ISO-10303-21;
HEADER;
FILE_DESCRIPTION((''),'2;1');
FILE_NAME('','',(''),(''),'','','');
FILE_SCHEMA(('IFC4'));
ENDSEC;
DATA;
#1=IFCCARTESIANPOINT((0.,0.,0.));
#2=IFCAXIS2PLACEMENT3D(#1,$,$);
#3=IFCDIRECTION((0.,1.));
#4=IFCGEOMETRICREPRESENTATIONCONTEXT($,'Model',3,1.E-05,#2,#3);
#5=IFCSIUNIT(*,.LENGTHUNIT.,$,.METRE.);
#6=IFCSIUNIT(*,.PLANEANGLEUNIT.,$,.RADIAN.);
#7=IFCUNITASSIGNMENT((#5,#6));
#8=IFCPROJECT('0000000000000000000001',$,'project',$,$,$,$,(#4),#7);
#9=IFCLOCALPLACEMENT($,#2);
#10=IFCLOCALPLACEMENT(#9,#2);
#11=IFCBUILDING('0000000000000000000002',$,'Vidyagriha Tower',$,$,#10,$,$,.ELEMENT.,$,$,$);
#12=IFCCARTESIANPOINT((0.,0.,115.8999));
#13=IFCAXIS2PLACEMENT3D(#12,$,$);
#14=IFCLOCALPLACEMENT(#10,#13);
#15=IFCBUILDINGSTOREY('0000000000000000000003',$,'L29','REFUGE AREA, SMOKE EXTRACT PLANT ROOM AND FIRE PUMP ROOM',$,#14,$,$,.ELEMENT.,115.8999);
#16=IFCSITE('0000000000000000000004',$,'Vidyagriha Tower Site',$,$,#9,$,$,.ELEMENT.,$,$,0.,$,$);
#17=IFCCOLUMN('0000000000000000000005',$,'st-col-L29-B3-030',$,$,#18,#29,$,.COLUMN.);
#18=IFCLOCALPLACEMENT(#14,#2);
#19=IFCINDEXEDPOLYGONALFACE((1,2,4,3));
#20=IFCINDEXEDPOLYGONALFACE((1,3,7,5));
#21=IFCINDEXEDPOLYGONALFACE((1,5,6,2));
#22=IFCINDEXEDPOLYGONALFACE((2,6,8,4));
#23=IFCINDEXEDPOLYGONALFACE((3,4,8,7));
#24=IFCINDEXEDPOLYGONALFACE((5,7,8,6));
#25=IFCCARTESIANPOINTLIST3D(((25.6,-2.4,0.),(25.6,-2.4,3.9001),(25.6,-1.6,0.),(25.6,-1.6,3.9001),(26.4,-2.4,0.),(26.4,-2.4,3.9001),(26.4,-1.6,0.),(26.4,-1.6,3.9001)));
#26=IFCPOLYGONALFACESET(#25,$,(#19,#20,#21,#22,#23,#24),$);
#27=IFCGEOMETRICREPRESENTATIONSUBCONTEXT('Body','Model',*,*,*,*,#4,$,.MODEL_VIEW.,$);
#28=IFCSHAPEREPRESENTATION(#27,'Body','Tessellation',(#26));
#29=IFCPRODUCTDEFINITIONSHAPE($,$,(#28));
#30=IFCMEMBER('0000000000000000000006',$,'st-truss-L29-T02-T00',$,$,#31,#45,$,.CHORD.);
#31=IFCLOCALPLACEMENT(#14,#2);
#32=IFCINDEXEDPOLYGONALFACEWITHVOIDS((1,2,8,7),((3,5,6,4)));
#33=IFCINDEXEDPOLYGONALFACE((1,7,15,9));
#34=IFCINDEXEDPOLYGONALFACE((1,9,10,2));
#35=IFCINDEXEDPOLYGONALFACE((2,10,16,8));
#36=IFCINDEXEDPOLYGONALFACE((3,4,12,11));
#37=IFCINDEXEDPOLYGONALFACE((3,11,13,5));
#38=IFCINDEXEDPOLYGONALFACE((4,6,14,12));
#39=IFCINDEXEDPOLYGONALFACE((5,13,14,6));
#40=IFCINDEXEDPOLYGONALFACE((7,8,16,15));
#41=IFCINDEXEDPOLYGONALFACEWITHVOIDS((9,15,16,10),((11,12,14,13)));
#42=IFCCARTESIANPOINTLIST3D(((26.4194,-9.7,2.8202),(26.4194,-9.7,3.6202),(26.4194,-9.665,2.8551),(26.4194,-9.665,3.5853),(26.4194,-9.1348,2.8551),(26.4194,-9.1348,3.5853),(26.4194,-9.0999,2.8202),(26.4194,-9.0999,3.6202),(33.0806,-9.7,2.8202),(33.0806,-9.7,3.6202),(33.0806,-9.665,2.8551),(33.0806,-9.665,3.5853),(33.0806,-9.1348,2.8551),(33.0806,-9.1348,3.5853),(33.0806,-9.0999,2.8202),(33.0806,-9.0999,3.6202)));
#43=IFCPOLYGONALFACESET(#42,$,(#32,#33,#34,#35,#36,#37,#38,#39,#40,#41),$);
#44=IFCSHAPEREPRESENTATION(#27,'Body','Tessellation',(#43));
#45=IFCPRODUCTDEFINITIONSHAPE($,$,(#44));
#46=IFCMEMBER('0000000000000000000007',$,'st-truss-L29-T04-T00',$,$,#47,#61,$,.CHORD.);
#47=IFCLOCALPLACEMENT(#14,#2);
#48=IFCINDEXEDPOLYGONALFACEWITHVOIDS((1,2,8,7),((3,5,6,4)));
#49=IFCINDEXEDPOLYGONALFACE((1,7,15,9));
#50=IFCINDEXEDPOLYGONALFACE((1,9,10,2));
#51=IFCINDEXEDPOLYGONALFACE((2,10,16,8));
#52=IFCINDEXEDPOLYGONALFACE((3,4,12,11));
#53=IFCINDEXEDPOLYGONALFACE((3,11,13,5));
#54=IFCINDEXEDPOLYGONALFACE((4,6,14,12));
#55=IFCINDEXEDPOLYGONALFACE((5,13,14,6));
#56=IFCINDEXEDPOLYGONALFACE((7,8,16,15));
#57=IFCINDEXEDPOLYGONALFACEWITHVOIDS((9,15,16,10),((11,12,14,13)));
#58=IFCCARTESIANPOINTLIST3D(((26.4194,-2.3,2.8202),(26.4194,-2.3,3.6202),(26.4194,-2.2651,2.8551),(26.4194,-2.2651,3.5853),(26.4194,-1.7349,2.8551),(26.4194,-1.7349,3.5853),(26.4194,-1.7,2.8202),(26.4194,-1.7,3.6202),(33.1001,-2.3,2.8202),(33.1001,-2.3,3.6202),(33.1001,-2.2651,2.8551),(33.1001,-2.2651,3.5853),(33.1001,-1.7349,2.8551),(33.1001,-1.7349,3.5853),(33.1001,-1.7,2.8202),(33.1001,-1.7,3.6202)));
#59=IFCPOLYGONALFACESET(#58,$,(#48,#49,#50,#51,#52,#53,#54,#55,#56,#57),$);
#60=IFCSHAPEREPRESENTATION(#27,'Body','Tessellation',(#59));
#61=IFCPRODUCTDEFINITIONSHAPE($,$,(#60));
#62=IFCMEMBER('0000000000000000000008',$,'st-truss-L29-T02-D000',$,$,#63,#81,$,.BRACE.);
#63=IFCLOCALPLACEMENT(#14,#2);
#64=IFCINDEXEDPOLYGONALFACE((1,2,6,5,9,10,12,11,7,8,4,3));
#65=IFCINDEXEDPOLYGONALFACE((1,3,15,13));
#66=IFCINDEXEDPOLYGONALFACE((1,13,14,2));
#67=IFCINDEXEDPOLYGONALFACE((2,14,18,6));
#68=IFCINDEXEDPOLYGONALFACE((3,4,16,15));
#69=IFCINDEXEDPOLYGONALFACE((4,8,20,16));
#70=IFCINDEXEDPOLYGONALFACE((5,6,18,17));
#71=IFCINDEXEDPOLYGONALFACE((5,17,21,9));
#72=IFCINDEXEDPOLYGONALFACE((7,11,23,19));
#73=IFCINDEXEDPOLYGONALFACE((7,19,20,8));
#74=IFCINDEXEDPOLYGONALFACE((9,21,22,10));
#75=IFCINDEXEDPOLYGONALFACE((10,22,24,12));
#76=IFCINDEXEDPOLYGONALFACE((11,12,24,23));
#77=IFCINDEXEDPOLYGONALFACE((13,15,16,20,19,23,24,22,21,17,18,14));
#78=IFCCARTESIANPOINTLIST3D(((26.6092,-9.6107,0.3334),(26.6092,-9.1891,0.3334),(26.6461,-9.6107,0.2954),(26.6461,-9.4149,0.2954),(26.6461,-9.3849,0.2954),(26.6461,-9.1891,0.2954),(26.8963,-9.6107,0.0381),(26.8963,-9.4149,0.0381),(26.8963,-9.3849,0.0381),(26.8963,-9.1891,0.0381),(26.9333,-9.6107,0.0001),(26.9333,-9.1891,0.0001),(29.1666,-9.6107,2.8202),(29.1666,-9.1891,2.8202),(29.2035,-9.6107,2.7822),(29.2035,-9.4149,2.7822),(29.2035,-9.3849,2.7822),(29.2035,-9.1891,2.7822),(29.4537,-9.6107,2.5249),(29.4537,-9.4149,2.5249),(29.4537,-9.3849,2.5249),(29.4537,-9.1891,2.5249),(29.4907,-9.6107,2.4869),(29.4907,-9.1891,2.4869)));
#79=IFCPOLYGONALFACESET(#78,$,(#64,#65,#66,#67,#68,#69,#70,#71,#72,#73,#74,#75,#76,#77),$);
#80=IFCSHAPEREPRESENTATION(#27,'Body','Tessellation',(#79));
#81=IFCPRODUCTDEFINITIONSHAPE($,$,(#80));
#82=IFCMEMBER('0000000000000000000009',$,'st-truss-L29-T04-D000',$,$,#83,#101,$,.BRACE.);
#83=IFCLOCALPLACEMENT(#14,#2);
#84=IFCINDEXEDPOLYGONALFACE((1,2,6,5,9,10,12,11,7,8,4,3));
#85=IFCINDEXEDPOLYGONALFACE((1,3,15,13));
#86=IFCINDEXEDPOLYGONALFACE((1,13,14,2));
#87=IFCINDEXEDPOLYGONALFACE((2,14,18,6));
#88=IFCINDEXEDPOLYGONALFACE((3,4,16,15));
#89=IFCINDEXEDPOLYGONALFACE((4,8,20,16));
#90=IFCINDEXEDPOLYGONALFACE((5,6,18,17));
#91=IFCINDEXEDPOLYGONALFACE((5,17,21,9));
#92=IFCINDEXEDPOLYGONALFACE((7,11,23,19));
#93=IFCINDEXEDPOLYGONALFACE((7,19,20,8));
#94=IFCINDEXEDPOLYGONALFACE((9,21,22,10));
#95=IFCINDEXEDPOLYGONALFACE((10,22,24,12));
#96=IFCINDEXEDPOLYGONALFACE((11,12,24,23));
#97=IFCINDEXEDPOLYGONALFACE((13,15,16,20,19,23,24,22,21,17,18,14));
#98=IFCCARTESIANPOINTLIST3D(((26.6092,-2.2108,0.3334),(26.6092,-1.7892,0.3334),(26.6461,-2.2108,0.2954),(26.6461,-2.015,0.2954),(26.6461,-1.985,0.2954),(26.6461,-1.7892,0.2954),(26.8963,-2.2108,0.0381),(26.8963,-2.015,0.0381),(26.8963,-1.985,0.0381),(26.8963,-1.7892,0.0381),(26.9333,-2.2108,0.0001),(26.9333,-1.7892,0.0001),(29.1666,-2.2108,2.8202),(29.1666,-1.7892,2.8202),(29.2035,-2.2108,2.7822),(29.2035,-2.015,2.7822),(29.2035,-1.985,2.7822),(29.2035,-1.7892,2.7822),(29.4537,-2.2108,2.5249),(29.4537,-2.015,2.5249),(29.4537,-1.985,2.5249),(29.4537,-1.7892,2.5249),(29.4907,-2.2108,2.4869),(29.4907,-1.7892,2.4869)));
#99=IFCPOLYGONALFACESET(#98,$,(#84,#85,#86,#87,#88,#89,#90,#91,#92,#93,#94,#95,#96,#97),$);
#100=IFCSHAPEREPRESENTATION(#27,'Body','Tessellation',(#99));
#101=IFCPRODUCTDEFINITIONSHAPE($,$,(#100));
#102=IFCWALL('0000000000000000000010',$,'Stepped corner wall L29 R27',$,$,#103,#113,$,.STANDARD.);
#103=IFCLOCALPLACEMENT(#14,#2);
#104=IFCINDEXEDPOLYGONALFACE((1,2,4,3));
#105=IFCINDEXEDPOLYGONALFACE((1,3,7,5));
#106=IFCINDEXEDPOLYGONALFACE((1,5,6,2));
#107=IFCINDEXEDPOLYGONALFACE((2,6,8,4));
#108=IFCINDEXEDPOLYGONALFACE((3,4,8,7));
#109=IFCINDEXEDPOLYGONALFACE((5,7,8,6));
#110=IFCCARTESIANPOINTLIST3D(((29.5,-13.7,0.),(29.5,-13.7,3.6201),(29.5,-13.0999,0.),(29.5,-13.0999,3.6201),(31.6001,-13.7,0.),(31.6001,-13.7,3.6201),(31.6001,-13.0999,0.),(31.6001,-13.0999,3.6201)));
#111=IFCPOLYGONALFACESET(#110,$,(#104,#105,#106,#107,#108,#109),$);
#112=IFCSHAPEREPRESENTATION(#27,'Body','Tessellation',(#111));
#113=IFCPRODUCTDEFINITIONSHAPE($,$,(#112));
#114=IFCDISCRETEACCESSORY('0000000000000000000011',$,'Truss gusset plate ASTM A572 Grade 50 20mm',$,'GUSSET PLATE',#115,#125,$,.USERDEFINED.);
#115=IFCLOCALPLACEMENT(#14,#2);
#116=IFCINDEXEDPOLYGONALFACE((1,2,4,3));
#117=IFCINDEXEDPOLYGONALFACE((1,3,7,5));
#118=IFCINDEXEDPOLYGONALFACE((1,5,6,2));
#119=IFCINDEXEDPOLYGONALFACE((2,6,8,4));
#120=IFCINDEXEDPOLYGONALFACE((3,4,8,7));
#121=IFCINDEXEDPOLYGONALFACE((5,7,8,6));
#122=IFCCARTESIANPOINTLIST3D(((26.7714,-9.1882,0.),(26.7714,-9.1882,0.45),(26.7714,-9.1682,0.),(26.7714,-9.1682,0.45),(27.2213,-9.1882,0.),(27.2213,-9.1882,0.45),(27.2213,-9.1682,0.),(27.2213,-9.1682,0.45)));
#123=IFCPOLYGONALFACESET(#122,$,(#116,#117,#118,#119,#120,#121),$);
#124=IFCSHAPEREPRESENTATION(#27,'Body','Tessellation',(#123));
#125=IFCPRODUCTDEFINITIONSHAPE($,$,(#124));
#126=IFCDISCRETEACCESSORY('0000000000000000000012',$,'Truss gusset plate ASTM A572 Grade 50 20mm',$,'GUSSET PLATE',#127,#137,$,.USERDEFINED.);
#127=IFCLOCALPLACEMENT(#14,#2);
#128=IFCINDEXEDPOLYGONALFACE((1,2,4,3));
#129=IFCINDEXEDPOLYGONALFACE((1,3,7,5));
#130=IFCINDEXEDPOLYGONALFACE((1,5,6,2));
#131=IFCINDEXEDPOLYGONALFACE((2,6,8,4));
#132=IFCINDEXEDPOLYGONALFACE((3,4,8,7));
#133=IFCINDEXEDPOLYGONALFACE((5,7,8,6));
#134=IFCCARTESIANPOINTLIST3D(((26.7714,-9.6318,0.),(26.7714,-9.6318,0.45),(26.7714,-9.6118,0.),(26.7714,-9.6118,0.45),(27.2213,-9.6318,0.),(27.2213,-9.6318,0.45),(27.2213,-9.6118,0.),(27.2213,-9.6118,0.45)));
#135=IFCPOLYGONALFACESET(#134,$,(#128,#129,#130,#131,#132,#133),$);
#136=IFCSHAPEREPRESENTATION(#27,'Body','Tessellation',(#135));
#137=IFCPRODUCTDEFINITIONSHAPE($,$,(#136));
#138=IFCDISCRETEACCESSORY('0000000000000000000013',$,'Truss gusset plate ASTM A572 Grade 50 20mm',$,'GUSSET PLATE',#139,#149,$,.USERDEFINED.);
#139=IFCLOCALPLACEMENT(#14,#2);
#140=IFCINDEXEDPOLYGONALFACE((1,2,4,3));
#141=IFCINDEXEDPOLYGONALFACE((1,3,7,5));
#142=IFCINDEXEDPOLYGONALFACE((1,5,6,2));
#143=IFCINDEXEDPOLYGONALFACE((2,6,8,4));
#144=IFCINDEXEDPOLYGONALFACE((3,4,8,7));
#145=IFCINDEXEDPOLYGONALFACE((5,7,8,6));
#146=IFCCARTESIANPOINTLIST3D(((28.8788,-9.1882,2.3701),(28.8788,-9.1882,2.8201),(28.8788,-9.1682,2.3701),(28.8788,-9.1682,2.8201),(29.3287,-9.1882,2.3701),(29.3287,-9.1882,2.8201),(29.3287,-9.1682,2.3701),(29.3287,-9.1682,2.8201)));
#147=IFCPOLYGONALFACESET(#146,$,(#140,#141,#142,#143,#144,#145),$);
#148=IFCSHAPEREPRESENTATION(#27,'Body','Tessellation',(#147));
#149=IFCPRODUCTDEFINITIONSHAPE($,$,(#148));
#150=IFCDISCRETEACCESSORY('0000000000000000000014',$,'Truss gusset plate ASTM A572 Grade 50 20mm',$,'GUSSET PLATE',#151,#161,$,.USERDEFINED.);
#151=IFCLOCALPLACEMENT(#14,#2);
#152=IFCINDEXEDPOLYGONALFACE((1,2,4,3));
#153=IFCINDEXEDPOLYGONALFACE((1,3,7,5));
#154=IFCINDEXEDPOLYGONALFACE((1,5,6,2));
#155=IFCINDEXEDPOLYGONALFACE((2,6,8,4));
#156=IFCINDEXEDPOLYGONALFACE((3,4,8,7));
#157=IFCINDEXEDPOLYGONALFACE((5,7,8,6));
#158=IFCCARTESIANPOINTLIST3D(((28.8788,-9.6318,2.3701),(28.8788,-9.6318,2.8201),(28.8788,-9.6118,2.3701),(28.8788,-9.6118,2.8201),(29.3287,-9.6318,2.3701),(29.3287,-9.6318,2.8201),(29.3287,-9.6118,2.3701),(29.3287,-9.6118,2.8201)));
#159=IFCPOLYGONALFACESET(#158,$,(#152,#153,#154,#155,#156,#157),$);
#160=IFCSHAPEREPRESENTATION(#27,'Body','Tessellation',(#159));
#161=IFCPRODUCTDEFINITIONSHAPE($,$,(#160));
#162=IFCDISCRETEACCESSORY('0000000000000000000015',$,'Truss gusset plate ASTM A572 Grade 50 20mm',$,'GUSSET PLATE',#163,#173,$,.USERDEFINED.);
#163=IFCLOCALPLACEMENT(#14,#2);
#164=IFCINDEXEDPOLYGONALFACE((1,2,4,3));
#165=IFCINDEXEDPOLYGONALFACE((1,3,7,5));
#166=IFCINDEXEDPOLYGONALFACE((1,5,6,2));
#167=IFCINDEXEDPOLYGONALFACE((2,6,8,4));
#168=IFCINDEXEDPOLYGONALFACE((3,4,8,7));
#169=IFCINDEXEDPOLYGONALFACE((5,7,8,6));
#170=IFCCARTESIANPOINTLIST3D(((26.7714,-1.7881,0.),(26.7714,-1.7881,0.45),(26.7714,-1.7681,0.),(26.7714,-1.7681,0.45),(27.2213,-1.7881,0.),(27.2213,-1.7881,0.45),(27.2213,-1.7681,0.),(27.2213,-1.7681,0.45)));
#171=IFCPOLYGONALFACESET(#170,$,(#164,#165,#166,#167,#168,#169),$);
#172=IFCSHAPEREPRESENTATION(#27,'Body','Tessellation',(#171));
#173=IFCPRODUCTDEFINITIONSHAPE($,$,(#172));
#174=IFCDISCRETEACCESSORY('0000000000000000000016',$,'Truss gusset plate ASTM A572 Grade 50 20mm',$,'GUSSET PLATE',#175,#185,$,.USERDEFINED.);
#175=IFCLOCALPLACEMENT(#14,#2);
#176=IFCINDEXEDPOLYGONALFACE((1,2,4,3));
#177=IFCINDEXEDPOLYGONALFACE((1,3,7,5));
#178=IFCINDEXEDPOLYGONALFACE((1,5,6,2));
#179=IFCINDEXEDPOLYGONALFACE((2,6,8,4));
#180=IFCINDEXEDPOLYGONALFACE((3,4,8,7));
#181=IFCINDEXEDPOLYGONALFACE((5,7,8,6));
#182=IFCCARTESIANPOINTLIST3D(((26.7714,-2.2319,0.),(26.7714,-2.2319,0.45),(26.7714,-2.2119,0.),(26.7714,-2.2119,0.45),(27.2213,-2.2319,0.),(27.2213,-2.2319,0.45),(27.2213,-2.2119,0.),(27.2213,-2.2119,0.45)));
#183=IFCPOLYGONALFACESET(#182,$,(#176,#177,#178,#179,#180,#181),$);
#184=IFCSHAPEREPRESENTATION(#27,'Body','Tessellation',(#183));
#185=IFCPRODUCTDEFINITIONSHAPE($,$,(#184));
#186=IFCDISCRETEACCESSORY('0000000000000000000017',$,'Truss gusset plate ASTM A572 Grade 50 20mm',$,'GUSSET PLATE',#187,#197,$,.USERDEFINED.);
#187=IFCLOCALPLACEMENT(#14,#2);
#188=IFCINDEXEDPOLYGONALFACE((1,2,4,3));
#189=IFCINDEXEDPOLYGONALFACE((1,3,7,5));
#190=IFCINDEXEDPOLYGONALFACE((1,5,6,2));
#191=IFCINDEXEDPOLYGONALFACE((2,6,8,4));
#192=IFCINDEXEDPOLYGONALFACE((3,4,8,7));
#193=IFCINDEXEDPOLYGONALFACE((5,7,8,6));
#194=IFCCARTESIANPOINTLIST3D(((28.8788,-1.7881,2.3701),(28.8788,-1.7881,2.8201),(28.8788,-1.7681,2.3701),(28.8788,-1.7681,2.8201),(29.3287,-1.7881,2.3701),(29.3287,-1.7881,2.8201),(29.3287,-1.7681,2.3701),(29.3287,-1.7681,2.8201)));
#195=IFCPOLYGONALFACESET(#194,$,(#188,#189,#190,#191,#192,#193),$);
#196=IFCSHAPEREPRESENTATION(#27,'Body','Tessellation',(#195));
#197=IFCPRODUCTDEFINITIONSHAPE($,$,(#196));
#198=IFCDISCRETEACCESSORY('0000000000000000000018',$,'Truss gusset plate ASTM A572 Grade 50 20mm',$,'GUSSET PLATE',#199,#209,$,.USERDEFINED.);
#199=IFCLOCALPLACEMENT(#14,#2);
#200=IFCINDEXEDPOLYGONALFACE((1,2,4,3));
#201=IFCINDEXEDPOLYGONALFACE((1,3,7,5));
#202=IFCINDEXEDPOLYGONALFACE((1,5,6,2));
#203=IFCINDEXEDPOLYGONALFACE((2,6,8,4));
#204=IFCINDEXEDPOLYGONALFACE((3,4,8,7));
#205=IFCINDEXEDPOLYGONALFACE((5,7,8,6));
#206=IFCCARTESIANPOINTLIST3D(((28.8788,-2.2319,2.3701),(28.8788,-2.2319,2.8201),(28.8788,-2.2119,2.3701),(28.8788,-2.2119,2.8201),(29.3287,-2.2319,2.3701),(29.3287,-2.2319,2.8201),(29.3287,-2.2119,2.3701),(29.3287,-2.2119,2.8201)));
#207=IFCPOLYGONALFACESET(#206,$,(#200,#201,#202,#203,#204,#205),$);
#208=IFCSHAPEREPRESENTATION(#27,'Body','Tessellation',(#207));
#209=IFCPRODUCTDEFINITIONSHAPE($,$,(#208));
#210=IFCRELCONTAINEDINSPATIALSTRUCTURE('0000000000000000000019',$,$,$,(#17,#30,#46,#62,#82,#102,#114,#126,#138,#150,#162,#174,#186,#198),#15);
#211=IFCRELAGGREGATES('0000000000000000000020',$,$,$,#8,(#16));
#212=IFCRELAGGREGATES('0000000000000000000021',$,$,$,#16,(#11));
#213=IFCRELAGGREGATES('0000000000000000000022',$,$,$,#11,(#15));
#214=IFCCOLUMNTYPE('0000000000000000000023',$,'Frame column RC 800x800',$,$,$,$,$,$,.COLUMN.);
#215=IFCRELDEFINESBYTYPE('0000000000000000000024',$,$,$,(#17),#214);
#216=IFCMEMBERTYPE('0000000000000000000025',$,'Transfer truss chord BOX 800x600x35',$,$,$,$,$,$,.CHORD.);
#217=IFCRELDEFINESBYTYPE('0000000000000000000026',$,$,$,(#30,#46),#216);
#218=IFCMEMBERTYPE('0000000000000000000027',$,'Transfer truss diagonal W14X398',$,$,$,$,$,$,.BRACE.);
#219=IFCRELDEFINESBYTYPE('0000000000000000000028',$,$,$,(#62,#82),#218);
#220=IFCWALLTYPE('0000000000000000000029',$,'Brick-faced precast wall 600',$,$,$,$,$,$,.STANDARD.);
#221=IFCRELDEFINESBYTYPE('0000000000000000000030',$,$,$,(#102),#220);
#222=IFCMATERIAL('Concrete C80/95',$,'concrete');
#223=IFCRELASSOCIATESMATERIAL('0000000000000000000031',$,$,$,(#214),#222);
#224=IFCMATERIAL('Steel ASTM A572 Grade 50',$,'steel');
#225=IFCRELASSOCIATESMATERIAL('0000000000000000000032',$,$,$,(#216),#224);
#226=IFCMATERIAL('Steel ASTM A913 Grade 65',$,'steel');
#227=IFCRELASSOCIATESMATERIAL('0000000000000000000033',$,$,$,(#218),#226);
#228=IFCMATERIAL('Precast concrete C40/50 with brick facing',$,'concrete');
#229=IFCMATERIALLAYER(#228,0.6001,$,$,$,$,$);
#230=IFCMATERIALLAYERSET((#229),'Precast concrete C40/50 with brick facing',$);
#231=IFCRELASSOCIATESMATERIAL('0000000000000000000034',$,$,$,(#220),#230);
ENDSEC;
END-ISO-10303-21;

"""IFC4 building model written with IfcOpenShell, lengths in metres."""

from ifc_helpers import new_model, si_unit, direction, frame, frame_2d, origin, origin_2d, place, context, subcontext, project, spatial, rectangle, hollow_rectangle, i_section, extrude, material, layer, layer_set, material_profile, profile_set, type_object, element, save


model = new_model("IFC4")

# Units and contexts
model_context = context("Model", 3, precision=1e-05, world=origin(), true_north=direction((0.0, 1.0)))
body_context = subcontext(model_context, "Body", "Model", "MODEL_VIEW")
ifc_project = project(units=[si_unit("LENGTHUNIT", "METRE"), si_unit("PLANEANGLEUNIT", "RADIAN")], contexts=[model_context])

# Site, building, storey
site_placement = place(None, origin())
site = spatial("IfcSite", under=ifc_project, at=site_placement, Name="Vidyagriha Tower Site", CompositionType="ELEMENT", RefElevation=0.0)
building_placement = place(site_placement, origin())
building = spatial("IfcBuilding", under=site, at=building_placement, Name="Vidyagriha Tower", CompositionType="ELEMENT")
storey_placement = place(building_placement, frame((0.0, 0.0, 115.8999)))
storey = spatial("IfcBuildingStorey", under=building, at=storey_placement, Name="L29", Description="REFUGE AREA, SMOKE EXTRACT PLANT ROOM AND FIRE PUMP ROOM", CompositionType="ELEMENT", Elevation=115.8999)

# Column
ifc_material_1 = material(Name="Concrete C80/95", Category="concrete")
ifc_material_profile_1 = material_profile(ifc_material_1, rectangle(XDim=0.8, YDim=0.8, at=origin_2d()), Name="RC 800x800")
ifc_profile_set_1 = profile_set([ifc_material_profile_1], Name="Concrete C80/95")
column_type = type_object("IfcColumnType", Name="Frame column RC 800x800", PredefinedType="COLUMN", material=ifc_profile_set_1)
column_placement = place(storey_placement, frame((26.0, -2.0, 0.0)))
element("IfcColumn", 1, at=column_placement, inside=storey, type_object=column_type, Name="st-col-L29-B3-030", PredefinedType="COLUMN", context=body_context, shape_type="SweptSolid", body=[
    extrude(rectangle(XDim=0.8, YDim=0.8, at=origin_2d()), origin(), (0.0, 0.0, 1.0), 3.9001),
])

# Members
ifc_material_2 = material(Name="Steel ASTM A572 Grade 50", Category="steel")
ifc_material_profile_2 = material_profile(ifc_material_2, hollow_rectangle(XDim=0.6001, YDim=0.8, WallThickness=0.0349, at=origin_2d()), Name="BOX 800x600x35")
ifc_profile_set_2 = profile_set([ifc_material_profile_2], Name="Steel ASTM A572 Grade 50")
member_type_1 = type_object("IfcMemberType", Name="Transfer truss chord BOX 800x600x35", PredefinedType="CHORD", material=ifc_profile_set_2)
member_1_placement = place(storey_placement, frame((26.4194, -9.3999, 3.2202), z_axis=(1.0, 0.0, 0.0), x_axis=(0.0, 1.0, 0.0)))
element("IfcMember", 2, at=member_1_placement, inside=storey, type_object=member_type_1, Name="st-truss-L29-T02-T00", PredefinedType="CHORD", context=body_context, shape_type="SweptSolid", body=[
    extrude(hollow_rectangle(XDim=0.6001, YDim=0.8, WallThickness=0.0349, at=origin_2d()), origin(), (0.0, 0.0, 1.0), 6.6611),
])
member_2_placement = place(storey_placement, frame((26.4194, -2.0, 3.2202), z_axis=(1.0, 0.0, 0.0), x_axis=(0.0, 1.0, 0.0)))
element("IfcMember", 3, at=member_2_placement, inside=storey, type_object=member_type_1, Name="st-truss-L29-T04-T00", PredefinedType="CHORD", context=body_context, shape_type="SweptSolid", body=[
    extrude(hollow_rectangle(XDim=0.6001, YDim=0.8, WallThickness=0.0349, at=origin_2d()), origin(), (0.0, 0.0, 1.0), 6.6807),
])
ifc_material_3 = material(Name="Steel ASTM A913 Grade 65", Category="steel")
ifc_material_profile_3 = material_profile(ifc_material_3, i_section(OverallWidth=0.4216, OverallDepth=0.4648, WebThickness=0.03, FlangeThickness=0.053, at=origin_2d()), Name="W14X398")
ifc_profile_set_3 = profile_set([ifc_material_profile_3], Name="Steel ASTM A913 Grade 65")
member_type_2 = type_object("IfcMemberType", Name="Transfer truss diagonal W14X398", PredefinedType="BRACE", material=ifc_profile_set_3)
for number, where, z_axis, x_axis, name in (
    (4, (26.7712, -9.3999, 0.1667), (0.716927, 0.0, 0.697148), (0.0, 1.0, 0.0), "st-truss-L29-T02-D000"),
    (5, (26.7712, -2.0, 0.1667), (0.716927, 0.0, 0.697148), (0.0, 1.0, 0.0), "st-truss-L29-T04-D000"),
):
    element("IfcMember", number, at=place(storey_placement, frame(where, z_axis=z_axis, x_axis=x_axis)), inside=storey, type_object=member_type_2, Name=name, PredefinedType="BRACE", context=body_context, shape_type="SweptSolid", body=[
        extrude(i_section(OverallWidth=0.4216, OverallDepth=0.4648, WebThickness=0.03, FlangeThickness=0.053, at=origin_2d()), origin(), (0.0, 0.0, 1.0), 3.5671),
    ])

# Wall
ifc_material_4 = material(Name="Precast concrete C40/50 with brick facing", Category="concrete")
ifc_layer = layer(ifc_material_4, 0.6001)
ifc_layer_set = layer_set([ifc_layer], Name="Precast concrete C40/50 with brick facing")
wall_type = type_object("IfcWallType", Name="Brick-faced precast wall 600", PredefinedType="STANDARD", material=ifc_layer_set)
wall_placement = place(storey_placement, frame((29.5, -13.3999, 0.0)))
element("IfcWall", 6, at=wall_placement, inside=storey, type_object=wall_type, Name="Stepped corner wall L29 R27", PredefinedType="STANDARD", context=body_context, shape_type="SweptSolid", body=[
    extrude(rectangle(XDim=2.1001, YDim=0.6001, at=frame_2d((1.05, 0.0))), origin(), (0.0, 0.0, 1.0), 3.6201),
])

# Discrete accessories
for number, where, name in (
    (7, (26.9963, -9.1782, 0.0), "Truss gusset plate ASTM A572 Grade 50 20mm"),
    (8, (26.9963, -9.6218, 0.0), "Truss gusset plate ASTM A572 Grade 50 20mm"),
    (9, (29.1038, -9.1782, 2.3701), "Truss gusset plate ASTM A572 Grade 50 20mm"),
    (10, (29.1038, -9.6218, 2.3701), "Truss gusset plate ASTM A572 Grade 50 20mm"),
    (11, (26.9963, -1.7781, 0.0), "Truss gusset plate ASTM A572 Grade 50 20mm"),
    (12, (26.9963, -2.2219, 0.0), "Truss gusset plate ASTM A572 Grade 50 20mm"),
    (13, (29.1038, -1.7781, 2.3701), "Truss gusset plate ASTM A572 Grade 50 20mm"),
    (14, (29.1038, -2.2219, 2.3701), "Truss gusset plate ASTM A572 Grade 50 20mm"),
):
    element("IfcDiscreteAccessory", number, at=place(storey_placement, frame(where)), inside=storey, Name=name, ObjectType="GUSSET PLATE", PredefinedType="USERDEFINED", context=body_context, shape_type="SweptSolid", body=[
        extrude(rectangle(XDim=0.45, YDim=0.02, at=origin_2d()), origin(), (0.0, 0.0, 1.0), 0.45),
    ])

save(model, "model.ifc")
